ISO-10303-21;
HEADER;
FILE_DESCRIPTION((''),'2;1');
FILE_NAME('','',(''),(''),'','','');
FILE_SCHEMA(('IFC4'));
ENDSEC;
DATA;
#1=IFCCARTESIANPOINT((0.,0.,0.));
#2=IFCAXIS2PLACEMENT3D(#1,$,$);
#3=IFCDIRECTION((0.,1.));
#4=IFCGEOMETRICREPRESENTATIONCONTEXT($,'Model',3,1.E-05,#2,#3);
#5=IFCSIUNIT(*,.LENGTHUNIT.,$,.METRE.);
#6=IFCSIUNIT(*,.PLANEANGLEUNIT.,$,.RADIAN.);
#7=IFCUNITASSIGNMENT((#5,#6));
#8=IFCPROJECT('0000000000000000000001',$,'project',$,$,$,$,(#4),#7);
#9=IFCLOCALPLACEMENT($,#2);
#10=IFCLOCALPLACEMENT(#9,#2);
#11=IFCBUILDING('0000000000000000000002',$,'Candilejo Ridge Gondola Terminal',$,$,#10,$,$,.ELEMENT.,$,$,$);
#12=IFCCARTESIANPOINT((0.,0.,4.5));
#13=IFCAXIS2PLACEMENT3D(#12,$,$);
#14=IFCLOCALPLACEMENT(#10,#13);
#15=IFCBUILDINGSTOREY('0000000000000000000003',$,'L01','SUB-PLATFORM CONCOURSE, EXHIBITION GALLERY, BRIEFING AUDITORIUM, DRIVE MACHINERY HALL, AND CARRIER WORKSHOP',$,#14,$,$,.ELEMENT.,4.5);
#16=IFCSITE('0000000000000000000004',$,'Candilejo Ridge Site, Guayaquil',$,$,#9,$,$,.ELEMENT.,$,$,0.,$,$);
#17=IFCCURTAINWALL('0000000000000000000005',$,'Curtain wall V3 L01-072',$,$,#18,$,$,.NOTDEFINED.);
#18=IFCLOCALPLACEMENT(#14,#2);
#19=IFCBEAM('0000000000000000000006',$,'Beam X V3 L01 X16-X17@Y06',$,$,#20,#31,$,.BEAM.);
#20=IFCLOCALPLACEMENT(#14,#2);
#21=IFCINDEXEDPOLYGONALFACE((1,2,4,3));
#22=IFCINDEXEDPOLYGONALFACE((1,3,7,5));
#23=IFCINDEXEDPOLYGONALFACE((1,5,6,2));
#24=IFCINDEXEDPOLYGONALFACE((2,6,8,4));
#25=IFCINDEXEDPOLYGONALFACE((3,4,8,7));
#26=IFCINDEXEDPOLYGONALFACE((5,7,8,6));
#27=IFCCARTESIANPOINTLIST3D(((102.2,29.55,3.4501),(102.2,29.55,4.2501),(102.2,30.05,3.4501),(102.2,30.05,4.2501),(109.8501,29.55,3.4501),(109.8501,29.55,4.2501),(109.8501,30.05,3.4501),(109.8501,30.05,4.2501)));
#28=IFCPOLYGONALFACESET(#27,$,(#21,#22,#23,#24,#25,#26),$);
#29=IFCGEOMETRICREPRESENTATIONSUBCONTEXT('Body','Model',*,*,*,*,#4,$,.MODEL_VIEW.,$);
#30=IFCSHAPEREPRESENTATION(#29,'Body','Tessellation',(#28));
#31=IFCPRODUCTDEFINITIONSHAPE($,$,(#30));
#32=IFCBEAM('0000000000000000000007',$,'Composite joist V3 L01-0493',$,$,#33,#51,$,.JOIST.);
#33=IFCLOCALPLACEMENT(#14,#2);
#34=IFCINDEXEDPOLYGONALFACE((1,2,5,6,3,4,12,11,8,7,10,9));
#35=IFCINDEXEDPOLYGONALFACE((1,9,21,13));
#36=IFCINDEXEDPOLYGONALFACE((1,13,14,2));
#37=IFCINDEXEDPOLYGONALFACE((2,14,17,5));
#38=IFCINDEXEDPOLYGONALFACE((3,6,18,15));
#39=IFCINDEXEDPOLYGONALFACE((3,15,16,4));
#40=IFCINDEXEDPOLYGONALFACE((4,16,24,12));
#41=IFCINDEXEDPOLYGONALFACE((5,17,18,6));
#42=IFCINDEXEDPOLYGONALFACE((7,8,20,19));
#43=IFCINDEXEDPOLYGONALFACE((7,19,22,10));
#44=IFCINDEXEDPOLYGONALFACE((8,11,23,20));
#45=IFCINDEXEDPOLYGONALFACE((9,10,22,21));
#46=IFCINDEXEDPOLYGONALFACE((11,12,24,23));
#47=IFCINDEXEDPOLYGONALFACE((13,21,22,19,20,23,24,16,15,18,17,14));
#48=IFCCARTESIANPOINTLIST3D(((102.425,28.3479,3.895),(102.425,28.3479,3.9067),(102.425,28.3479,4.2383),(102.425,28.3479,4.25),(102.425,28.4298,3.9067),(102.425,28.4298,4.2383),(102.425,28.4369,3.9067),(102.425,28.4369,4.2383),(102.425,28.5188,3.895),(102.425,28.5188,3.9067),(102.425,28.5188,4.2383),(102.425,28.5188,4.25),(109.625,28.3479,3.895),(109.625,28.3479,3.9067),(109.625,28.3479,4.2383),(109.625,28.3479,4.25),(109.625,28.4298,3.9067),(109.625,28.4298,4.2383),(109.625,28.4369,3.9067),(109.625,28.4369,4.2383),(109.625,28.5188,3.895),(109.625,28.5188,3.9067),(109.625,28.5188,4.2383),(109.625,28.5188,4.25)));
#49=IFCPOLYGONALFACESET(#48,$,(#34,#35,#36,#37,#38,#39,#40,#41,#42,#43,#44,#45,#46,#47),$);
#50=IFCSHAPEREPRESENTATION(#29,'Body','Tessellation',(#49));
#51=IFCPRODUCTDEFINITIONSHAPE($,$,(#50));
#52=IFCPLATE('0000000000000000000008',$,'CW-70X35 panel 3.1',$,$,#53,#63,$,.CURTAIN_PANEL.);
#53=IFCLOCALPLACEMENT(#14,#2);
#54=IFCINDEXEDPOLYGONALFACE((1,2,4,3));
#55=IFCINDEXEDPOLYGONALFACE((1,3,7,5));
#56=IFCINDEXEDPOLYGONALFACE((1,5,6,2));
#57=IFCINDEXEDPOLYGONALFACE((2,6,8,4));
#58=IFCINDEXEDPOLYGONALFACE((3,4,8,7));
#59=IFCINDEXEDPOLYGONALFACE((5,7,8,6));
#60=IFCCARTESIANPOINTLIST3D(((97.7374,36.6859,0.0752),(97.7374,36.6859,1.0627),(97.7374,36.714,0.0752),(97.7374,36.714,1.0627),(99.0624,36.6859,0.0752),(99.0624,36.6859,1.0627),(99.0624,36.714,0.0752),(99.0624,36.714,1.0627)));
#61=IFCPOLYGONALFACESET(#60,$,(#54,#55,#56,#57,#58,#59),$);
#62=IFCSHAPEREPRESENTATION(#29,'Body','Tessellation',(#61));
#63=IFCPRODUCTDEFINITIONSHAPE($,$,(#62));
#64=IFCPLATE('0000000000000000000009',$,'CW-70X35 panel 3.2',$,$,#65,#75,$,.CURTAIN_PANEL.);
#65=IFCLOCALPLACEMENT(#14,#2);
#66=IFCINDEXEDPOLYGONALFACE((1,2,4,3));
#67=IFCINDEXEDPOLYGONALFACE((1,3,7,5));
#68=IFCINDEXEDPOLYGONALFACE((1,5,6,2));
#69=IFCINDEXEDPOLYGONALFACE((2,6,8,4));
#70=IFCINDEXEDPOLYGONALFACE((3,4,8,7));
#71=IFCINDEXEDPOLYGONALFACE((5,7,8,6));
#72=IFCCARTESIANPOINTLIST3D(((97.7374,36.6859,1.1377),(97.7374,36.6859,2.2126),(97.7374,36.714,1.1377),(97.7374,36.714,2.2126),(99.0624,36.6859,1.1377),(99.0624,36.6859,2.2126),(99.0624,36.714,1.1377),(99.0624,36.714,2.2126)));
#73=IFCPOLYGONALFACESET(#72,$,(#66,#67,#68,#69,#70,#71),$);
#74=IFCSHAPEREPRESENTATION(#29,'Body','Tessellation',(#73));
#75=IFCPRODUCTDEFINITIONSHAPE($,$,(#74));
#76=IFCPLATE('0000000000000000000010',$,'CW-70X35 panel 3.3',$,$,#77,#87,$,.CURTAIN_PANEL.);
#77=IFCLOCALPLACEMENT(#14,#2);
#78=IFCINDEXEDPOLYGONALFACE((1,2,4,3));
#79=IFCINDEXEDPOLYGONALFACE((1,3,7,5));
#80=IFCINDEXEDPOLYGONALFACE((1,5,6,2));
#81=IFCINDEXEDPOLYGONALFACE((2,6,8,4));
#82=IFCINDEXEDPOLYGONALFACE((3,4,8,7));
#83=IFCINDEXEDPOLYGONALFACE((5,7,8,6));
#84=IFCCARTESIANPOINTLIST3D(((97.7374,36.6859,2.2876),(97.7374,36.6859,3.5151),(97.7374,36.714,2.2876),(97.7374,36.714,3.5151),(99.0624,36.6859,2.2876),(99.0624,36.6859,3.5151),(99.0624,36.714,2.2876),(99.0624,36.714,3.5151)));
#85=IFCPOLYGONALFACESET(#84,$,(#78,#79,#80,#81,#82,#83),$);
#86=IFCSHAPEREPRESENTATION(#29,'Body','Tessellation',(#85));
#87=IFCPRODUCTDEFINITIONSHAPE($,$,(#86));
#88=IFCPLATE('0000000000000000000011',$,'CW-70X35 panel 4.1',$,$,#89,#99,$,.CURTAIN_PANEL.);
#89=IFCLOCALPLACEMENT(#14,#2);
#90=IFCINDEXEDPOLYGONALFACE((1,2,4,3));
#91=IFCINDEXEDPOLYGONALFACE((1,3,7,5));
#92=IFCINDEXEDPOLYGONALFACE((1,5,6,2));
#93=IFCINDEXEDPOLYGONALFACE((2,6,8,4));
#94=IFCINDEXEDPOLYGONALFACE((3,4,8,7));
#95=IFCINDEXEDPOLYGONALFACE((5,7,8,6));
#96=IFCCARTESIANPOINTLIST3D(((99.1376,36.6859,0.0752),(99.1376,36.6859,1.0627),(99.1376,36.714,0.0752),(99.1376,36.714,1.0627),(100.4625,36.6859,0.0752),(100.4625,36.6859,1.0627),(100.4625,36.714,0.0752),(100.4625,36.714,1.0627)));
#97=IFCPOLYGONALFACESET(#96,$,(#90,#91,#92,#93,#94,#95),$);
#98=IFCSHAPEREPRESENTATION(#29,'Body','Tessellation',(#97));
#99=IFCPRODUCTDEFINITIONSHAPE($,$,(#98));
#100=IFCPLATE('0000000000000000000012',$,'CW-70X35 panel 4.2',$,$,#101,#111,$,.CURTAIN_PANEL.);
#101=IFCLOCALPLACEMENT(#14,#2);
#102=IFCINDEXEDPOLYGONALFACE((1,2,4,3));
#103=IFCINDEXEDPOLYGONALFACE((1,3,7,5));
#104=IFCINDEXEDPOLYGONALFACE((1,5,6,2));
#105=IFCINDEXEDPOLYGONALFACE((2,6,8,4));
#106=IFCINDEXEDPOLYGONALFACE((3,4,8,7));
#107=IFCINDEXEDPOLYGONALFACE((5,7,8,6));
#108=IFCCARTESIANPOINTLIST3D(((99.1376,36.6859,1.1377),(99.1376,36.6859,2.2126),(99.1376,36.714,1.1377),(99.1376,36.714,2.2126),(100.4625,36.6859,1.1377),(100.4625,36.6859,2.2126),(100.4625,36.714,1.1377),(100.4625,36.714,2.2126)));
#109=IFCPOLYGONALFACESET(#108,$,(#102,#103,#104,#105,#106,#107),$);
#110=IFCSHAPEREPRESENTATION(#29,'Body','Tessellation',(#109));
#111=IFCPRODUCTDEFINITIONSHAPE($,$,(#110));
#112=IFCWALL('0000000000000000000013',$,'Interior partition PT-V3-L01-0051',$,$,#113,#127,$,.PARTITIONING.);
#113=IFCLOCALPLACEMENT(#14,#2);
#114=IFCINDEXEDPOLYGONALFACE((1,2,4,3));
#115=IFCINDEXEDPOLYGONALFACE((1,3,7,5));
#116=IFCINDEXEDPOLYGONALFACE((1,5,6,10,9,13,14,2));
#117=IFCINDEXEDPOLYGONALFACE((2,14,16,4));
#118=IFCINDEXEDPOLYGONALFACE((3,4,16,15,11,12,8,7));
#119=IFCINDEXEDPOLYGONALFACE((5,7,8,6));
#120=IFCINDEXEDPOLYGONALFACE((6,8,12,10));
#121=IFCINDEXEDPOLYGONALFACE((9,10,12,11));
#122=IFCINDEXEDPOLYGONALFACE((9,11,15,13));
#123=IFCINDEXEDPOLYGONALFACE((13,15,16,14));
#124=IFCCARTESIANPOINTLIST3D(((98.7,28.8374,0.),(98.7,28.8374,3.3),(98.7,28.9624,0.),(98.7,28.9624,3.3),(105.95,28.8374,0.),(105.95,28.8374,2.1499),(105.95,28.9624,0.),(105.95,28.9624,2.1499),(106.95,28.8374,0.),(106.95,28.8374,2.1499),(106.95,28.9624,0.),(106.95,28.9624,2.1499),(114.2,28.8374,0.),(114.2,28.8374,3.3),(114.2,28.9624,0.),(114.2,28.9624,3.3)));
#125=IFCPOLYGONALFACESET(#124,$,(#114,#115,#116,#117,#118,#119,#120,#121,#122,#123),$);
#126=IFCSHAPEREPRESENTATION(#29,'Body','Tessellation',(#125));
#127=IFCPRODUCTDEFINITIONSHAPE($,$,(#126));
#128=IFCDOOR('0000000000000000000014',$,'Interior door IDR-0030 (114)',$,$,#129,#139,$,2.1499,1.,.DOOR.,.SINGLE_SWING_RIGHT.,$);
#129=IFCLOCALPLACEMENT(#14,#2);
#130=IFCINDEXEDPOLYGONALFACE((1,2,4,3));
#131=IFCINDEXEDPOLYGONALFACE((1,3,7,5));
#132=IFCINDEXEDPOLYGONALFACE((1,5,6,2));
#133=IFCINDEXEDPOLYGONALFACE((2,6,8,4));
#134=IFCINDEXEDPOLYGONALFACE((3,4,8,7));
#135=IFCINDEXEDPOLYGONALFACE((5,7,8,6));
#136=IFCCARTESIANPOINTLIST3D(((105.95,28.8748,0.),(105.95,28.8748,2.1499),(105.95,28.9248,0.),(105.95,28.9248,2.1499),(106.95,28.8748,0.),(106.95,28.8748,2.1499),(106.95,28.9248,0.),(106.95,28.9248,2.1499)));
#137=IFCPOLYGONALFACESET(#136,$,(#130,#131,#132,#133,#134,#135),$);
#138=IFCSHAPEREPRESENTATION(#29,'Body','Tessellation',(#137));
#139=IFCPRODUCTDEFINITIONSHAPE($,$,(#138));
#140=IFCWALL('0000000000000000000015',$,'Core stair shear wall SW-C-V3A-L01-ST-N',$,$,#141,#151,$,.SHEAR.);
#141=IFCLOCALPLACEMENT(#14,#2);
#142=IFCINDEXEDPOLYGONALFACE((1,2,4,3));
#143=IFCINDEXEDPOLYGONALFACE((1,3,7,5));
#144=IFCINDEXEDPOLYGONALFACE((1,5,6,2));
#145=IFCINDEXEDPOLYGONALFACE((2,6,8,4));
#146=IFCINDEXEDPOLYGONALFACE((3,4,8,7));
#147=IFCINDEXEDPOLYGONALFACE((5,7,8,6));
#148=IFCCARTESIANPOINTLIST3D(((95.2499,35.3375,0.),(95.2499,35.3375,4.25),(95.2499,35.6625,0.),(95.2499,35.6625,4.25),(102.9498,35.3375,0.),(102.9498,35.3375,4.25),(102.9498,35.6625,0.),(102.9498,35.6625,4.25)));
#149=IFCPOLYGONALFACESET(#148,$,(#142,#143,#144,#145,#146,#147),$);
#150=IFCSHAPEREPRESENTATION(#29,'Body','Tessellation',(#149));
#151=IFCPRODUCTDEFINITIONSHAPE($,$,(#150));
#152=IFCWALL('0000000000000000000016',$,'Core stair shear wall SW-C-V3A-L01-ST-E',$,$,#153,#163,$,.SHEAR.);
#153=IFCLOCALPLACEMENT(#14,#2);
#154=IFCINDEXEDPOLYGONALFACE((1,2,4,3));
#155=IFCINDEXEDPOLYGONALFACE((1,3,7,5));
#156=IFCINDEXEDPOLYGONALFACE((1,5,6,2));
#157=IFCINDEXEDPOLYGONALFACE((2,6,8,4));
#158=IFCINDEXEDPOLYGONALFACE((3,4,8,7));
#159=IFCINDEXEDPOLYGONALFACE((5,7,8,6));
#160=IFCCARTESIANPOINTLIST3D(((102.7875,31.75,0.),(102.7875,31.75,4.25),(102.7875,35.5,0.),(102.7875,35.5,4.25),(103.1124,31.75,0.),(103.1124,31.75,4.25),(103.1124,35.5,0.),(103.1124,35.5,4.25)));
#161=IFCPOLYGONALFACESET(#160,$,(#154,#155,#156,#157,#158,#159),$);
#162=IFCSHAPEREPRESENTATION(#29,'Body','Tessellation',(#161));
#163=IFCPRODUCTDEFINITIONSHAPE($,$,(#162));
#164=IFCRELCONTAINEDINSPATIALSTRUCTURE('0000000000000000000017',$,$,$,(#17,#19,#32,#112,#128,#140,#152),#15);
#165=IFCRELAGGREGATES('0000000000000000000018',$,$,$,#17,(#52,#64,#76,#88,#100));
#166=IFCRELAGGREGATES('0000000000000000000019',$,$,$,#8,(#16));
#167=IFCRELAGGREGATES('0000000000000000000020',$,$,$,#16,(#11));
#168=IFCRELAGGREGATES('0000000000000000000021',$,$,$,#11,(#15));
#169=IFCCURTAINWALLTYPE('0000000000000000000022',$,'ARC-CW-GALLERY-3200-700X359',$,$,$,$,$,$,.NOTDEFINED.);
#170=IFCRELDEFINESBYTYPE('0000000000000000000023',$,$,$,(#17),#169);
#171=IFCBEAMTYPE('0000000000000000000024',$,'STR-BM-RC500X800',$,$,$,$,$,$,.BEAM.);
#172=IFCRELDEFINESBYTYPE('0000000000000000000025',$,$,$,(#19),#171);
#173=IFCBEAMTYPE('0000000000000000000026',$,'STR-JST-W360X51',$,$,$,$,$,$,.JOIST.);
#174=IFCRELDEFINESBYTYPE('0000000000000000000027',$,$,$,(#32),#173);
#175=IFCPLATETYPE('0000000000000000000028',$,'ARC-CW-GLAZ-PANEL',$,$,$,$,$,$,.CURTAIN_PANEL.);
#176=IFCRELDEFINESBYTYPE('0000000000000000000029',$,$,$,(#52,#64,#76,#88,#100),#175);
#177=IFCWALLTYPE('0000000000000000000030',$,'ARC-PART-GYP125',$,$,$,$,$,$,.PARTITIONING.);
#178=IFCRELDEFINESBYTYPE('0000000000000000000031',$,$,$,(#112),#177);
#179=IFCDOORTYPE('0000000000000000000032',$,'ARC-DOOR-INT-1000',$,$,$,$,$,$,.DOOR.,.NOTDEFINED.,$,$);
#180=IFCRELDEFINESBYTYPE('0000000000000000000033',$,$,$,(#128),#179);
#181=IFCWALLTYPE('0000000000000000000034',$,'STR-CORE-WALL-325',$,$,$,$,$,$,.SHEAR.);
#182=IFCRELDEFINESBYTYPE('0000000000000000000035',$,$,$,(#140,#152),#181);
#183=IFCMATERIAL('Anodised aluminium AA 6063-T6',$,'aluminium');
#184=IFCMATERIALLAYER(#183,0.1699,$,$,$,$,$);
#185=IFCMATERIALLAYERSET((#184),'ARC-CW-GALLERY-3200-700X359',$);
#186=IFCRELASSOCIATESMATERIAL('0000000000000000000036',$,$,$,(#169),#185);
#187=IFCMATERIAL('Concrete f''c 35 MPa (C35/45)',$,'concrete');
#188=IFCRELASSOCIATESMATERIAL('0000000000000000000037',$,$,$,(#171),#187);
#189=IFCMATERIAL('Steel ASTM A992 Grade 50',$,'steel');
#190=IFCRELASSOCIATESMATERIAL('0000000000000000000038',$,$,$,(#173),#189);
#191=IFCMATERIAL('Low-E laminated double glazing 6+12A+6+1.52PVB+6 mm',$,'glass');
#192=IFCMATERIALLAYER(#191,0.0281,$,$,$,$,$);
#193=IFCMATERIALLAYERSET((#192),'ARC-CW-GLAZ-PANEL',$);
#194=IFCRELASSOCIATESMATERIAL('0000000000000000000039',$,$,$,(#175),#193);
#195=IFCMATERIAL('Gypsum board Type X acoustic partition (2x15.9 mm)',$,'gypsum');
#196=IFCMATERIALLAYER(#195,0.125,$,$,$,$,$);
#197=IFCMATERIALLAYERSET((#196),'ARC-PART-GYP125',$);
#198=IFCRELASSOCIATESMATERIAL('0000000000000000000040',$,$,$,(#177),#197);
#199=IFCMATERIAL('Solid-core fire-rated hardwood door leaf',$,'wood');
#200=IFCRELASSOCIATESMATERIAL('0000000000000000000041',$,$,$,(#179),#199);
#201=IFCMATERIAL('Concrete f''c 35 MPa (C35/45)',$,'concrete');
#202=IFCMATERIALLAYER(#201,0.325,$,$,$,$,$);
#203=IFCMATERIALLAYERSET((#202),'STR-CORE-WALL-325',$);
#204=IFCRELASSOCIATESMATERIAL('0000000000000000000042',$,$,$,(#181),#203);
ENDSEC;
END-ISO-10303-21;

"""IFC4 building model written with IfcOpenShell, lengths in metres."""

from ifc_helpers import new_model, si_unit, direction, frame, frame_2d, origin, origin_2d, place, context, subcontext, project, spatial, rectangle, i_section, extrude, material, layer, layer_set, material_profile, profile_set, type_object, element, fill, aggregate, save


model = new_model("IFC4")

# Units and contexts
model_context = context("Model", 3, precision=1e-05, world=origin(), true_north=direction((0.0, 1.0)))
body_context = subcontext(model_context, "Body", "Model", "MODEL_VIEW")
ifc_project = project(units=[si_unit("LENGTHUNIT", "METRE"), si_unit("PLANEANGLEUNIT", "RADIAN")], contexts=[model_context])

# Site, building, storey
site_placement = place(None, origin())
site = spatial("IfcSite", under=ifc_project, at=site_placement, Name="Candilejo Ridge Site, Guayaquil", CompositionType="ELEMENT", RefElevation=0.0)
building_placement = place(site_placement, origin())
building = spatial("IfcBuilding", under=site, at=building_placement, Name="Candilejo Ridge Gondola Terminal", CompositionType="ELEMENT")
storey_placement = place(building_placement, frame((0.0, 0.0, 4.5)))
storey = spatial("IfcBuildingStorey", under=building, at=storey_placement, Name="L01", Description="SUB-PLATFORM CONCOURSE, EXHIBITION GALLERY, BRIEFING AUDITORIUM, DRIVE MACHINERY HALL, AND CARRIER WORKSHOP", CompositionType="ELEMENT", Elevation=4.5)

# Curtain wall
ifc_material_1 = material(Name="Anodised aluminium AA 6063-T6", Category="aluminium")
ifc_layer_1 = layer(ifc_material_1, 0.1699)
ifc_layer_set_1 = layer_set([ifc_layer_1], Name="ARC-CW-GALLERY-3200-700X359")
curtain_wall_type = type_object("IfcCurtainWallType", Name="ARC-CW-GALLERY-3200-700X359", PredefinedType="NOTDEFINED", material=ifc_layer_set_1)
curtain_wall_placement = place(storey_placement, origin())
curtain_wall = element("IfcCurtainWall", 1, at=curtain_wall_placement, inside=storey, type_object=curtain_wall_type, Name="Curtain wall V3 L01-072", PredefinedType="NOTDEFINED")

# Beams
ifc_material_2 = material(Name="Concrete f'c 35 MPa (C35/45)", Category="concrete")
ifc_material_profile_1 = material_profile(ifc_material_2, rectangle(XDim=0.5, YDim=0.8, at=origin_2d()))
ifc_profile_set_1 = profile_set([ifc_material_profile_1], Name="Concrete f'c 35 MPa (C35/45)")
beam_type_1 = type_object("IfcBeamType", Name="STR-BM-RC500X800", PredefinedType="BEAM", material=ifc_profile_set_1)
beam_1_placement = place(storey_placement, frame((102.2, 29.8, 3.8501), z_axis=(1.0, 0.0, 0.0), x_axis=(0.0, 1.0, 0.0)))
element("IfcBeam", 2, at=beam_1_placement, inside=storey, type_object=beam_type_1, Name="Beam X V3 L01 X16-X17@Y06", PredefinedType="BEAM", context=body_context, shape_type="SweptSolid", body=[
    extrude(rectangle(XDim=0.5, YDim=0.8, at=origin_2d()), origin(), (0.0, 0.0, 1.0), 7.6501),
])
ifc_material_3 = material(Name="Steel ASTM A992 Grade 50", Category="steel")
ifc_material_profile_2 = material_profile(ifc_material_3, i_section(OverallWidth=0.1709, OverallDepth=0.355, WebThickness=0.0071, FlangeThickness=0.0117, at=origin_2d()))
ifc_profile_set_2 = profile_set([ifc_material_profile_2], Name="Steel ASTM A992 Grade 50")
beam_type_2 = type_object("IfcBeamType", Name="STR-JST-W360X51", PredefinedType="JOIST", material=ifc_profile_set_2)
beam_2_placement = place(storey_placement, frame((102.425, 28.4333, 4.0725), z_axis=(1.0, 0.0, 0.0), x_axis=(0.0, 1.0, 0.0)))
element("IfcBeam", 3, at=beam_2_placement, inside=storey, type_object=beam_type_2, Name="Composite joist V3 L01-0493", PredefinedType="JOIST", context=body_context, shape_type="SweptSolid", body=[
    extrude(i_section(OverallWidth=0.1709, OverallDepth=0.355, WebThickness=0.0071, FlangeThickness=0.0117, at=origin_2d()), origin(), (0.0, 0.0, 1.0), 7.2),
])

# Plates
ifc_material_4 = material(Name="Low-E laminated double glazing 6+12A+6+1.52PVB+6 mm", Category="glass")
ifc_layer_2 = layer(ifc_material_4, 0.0281)
ifc_layer_set_2 = layer_set([ifc_layer_2], Name="ARC-CW-GLAZ-PANEL")
plate_type = type_object("IfcPlateType", Name="ARC-CW-GLAZ-PANEL", PredefinedType="CURTAIN_PANEL", material=ifc_layer_set_2)
plate_1_placement = place(storey_placement, frame((98.3999, 36.7, 0.0752), z_axis=(0.0, 0.0, 1.0), x_axis=(1.0, 0.0, 0.0)))
plate_1 = element("IfcPlate", 4, at=plate_1_placement, type_object=plate_type, Name="CW-70X35 panel 3.1", PredefinedType="CURTAIN_PANEL", context=body_context, shape_type="SweptSolid", body=[
    extrude(rectangle(XDim=1.325, YDim=0.0281, at=origin_2d()), origin(), (0.0, 0.0, 1.0), 0.9875),
])
plate_2_placement = place(storey_placement, frame((98.3999, 36.7, 1.1377), z_axis=(0.0, 0.0, 1.0), x_axis=(1.0, 0.0, 0.0)))
plate_2 = element("IfcPlate", 5, at=plate_2_placement, type_object=plate_type, Name="CW-70X35 panel 3.2", PredefinedType="CURTAIN_PANEL", context=body_context, shape_type="SweptSolid", body=[
    extrude(rectangle(XDim=1.325, YDim=0.0281, at=origin_2d()), origin(), (0.0, 0.0, 1.0), 1.075),
])
plate_3_placement = place(storey_placement, frame((98.3999, 36.7, 2.2876), z_axis=(0.0, 0.0, 1.0), x_axis=(1.0, 0.0, 0.0)))
plate_3 = element("IfcPlate", 6, at=plate_3_placement, type_object=plate_type, Name="CW-70X35 panel 3.3", PredefinedType="CURTAIN_PANEL", context=body_context, shape_type="SweptSolid", body=[
    extrude(rectangle(XDim=1.325, YDim=0.0281, at=origin_2d()), origin(), (0.0, 0.0, 1.0), 1.2275),
])
plate_4_placement = place(storey_placement, frame((99.8, 36.7, 0.0752), z_axis=(0.0, 0.0, 1.0), x_axis=(1.0, 0.0, 0.0)))
plate_4 = element("IfcPlate", 7, at=plate_4_placement, type_object=plate_type, Name="CW-70X35 panel 4.1", PredefinedType="CURTAIN_PANEL", context=body_context, shape_type="SweptSolid", body=[
    extrude(rectangle(XDim=1.325, YDim=0.0281, at=origin_2d()), origin(), (0.0, 0.0, 1.0), 0.9875),
])
plate_5_placement = place(storey_placement, frame((99.8, 36.7, 1.1377), z_axis=(0.0, 0.0, 1.0), x_axis=(1.0, 0.0, 0.0)))
plate_5 = element("IfcPlate", 8, at=plate_5_placement, type_object=plate_type, Name="CW-70X35 panel 4.2", PredefinedType="CURTAIN_PANEL", context=body_context, shape_type="SweptSolid", body=[
    extrude(rectangle(XDim=1.325, YDim=0.0281, at=origin_2d()), origin(), (0.0, 0.0, 1.0), 1.075),
])
aggregate(curtain_wall, [plate_1, plate_2, plate_3, plate_4, plate_5])

# Wall, opening, door
ifc_material_5 = material(Name="Gypsum board Type X acoustic partition (2x15.9 mm)", Category="gypsum")
ifc_layer_3 = layer(ifc_material_5, 0.125)
ifc_layer_set_3 = layer_set([ifc_layer_3], Name="ARC-PART-GYP125")
wall_type_1 = type_object("IfcWallType", Name="ARC-PART-GYP125", PredefinedType="PARTITIONING", material=ifc_layer_set_3)
wall_1_placement = place(storey_placement, frame((98.7, 28.8999, 0.0), z_axis=(0.0, 0.0, 1.0), x_axis=(1.0, 0.0, 0.0)))
wall_1 = element("IfcWall", 9, at=wall_1_placement, inside=storey, type_object=wall_type_1, Name="Interior partition PT-V3-L01-0051", PredefinedType="PARTITIONING", context=body_context, shape_type="SweptSolid", body=[
    extrude(rectangle(XDim=15.5, YDim=0.125, at=frame_2d((7.75, 0.0))), origin(), (0.0, 0.0, 1.0), 3.3),
])
opening_placement = place(wall_1_placement, frame((7.25, 0.0, 0.0)))
opening = element("IfcOpeningElement", 10, at=opening_placement, cuts=wall_1, PredefinedType="OPENING", context=body_context, shape_type="SweptSolid", body=[
    extrude(rectangle(XDim=1.0, YDim=2.1499, at=frame_2d((0.5, 1.075))), frame((0.0, 0.0725, 0.0), z_axis=(0.0, -1.0, 0.0), x_axis=(1.0, 0.0, 0.0)), (0.0, 0.0, 1.0), 0.145),
])
ifc_material_6 = material(Name="Solid-core fire-rated hardwood door leaf", Category="wood")
door_type = type_object("IfcDoorType", Name="ARC-DOOR-INT-1000", OperationType="NOTDEFINED", PredefinedType="DOOR", material=ifc_material_6)
door_placement = place(opening_placement, origin())
door = element("IfcDoor", 11, at=door_placement, inside=storey, type_object=door_type, Name="Interior door IDR-0030 (114)", OperationType="SINGLE_SWING_RIGHT", OverallHeight=2.1499, OverallWidth=1.0, PredefinedType="DOOR", context=body_context, shape_type="SweptSolid", body=[
    extrude(rectangle(XDim=1.0, YDim=2.1499, at=frame_2d((0.5, 1.075))), frame((0.0, 0.0249, 0.0), z_axis=(0.0, -1.0, 0.0), x_axis=(1.0, 0.0, 0.0)), (0.0, 0.0, 1.0), 0.05),
])
fill(opening, door)

# Walls
ifc_material_7 = material(Name="Concrete f'c 35 MPa (C35/45)", Category="concrete")
ifc_layer_4 = layer(ifc_material_7, 0.325)
ifc_layer_set_4 = layer_set([ifc_layer_4], Name="STR-CORE-WALL-325")
wall_type_2 = type_object("IfcWallType", Name="STR-CORE-WALL-325", PredefinedType="SHEAR", material=ifc_layer_set_4)
wall_2_placement = place(storey_placement, frame((102.95, 35.5, 0.0), z_axis=(0.0, 0.0, 1.0), x_axis=(-1.0, 0.0, 0.0)))
element("IfcWall", 12, at=wall_2_placement, inside=storey, type_object=wall_type_2, Name="Core stair shear wall SW-C-V3A-L01-ST-N", PredefinedType="SHEAR", context=body_context, shape_type="SweptSolid", body=[
    extrude(rectangle(XDim=7.7, YDim=0.325, at=frame_2d((3.8501, 0.0))), origin(), (0.0, 0.0, 1.0), 4.25),
])
wall_3_placement = place(storey_placement, frame((102.95, 31.75, 0.0), z_axis=(0.0, 0.0, 1.0), x_axis=(0.0, 1.0, 0.0)))
element("IfcWall", 13, at=wall_3_placement, inside=storey, type_object=wall_type_2, Name="Core stair shear wall SW-C-V3A-L01-ST-E", PredefinedType="SHEAR", context=body_context, shape_type="SweptSolid", body=[
    extrude(rectangle(XDim=3.75, YDim=0.325, at=frame_2d((1.875, 0.0))), origin(), (0.0, 0.0, 1.0), 4.25),
])

save(model, "model.ifc")
